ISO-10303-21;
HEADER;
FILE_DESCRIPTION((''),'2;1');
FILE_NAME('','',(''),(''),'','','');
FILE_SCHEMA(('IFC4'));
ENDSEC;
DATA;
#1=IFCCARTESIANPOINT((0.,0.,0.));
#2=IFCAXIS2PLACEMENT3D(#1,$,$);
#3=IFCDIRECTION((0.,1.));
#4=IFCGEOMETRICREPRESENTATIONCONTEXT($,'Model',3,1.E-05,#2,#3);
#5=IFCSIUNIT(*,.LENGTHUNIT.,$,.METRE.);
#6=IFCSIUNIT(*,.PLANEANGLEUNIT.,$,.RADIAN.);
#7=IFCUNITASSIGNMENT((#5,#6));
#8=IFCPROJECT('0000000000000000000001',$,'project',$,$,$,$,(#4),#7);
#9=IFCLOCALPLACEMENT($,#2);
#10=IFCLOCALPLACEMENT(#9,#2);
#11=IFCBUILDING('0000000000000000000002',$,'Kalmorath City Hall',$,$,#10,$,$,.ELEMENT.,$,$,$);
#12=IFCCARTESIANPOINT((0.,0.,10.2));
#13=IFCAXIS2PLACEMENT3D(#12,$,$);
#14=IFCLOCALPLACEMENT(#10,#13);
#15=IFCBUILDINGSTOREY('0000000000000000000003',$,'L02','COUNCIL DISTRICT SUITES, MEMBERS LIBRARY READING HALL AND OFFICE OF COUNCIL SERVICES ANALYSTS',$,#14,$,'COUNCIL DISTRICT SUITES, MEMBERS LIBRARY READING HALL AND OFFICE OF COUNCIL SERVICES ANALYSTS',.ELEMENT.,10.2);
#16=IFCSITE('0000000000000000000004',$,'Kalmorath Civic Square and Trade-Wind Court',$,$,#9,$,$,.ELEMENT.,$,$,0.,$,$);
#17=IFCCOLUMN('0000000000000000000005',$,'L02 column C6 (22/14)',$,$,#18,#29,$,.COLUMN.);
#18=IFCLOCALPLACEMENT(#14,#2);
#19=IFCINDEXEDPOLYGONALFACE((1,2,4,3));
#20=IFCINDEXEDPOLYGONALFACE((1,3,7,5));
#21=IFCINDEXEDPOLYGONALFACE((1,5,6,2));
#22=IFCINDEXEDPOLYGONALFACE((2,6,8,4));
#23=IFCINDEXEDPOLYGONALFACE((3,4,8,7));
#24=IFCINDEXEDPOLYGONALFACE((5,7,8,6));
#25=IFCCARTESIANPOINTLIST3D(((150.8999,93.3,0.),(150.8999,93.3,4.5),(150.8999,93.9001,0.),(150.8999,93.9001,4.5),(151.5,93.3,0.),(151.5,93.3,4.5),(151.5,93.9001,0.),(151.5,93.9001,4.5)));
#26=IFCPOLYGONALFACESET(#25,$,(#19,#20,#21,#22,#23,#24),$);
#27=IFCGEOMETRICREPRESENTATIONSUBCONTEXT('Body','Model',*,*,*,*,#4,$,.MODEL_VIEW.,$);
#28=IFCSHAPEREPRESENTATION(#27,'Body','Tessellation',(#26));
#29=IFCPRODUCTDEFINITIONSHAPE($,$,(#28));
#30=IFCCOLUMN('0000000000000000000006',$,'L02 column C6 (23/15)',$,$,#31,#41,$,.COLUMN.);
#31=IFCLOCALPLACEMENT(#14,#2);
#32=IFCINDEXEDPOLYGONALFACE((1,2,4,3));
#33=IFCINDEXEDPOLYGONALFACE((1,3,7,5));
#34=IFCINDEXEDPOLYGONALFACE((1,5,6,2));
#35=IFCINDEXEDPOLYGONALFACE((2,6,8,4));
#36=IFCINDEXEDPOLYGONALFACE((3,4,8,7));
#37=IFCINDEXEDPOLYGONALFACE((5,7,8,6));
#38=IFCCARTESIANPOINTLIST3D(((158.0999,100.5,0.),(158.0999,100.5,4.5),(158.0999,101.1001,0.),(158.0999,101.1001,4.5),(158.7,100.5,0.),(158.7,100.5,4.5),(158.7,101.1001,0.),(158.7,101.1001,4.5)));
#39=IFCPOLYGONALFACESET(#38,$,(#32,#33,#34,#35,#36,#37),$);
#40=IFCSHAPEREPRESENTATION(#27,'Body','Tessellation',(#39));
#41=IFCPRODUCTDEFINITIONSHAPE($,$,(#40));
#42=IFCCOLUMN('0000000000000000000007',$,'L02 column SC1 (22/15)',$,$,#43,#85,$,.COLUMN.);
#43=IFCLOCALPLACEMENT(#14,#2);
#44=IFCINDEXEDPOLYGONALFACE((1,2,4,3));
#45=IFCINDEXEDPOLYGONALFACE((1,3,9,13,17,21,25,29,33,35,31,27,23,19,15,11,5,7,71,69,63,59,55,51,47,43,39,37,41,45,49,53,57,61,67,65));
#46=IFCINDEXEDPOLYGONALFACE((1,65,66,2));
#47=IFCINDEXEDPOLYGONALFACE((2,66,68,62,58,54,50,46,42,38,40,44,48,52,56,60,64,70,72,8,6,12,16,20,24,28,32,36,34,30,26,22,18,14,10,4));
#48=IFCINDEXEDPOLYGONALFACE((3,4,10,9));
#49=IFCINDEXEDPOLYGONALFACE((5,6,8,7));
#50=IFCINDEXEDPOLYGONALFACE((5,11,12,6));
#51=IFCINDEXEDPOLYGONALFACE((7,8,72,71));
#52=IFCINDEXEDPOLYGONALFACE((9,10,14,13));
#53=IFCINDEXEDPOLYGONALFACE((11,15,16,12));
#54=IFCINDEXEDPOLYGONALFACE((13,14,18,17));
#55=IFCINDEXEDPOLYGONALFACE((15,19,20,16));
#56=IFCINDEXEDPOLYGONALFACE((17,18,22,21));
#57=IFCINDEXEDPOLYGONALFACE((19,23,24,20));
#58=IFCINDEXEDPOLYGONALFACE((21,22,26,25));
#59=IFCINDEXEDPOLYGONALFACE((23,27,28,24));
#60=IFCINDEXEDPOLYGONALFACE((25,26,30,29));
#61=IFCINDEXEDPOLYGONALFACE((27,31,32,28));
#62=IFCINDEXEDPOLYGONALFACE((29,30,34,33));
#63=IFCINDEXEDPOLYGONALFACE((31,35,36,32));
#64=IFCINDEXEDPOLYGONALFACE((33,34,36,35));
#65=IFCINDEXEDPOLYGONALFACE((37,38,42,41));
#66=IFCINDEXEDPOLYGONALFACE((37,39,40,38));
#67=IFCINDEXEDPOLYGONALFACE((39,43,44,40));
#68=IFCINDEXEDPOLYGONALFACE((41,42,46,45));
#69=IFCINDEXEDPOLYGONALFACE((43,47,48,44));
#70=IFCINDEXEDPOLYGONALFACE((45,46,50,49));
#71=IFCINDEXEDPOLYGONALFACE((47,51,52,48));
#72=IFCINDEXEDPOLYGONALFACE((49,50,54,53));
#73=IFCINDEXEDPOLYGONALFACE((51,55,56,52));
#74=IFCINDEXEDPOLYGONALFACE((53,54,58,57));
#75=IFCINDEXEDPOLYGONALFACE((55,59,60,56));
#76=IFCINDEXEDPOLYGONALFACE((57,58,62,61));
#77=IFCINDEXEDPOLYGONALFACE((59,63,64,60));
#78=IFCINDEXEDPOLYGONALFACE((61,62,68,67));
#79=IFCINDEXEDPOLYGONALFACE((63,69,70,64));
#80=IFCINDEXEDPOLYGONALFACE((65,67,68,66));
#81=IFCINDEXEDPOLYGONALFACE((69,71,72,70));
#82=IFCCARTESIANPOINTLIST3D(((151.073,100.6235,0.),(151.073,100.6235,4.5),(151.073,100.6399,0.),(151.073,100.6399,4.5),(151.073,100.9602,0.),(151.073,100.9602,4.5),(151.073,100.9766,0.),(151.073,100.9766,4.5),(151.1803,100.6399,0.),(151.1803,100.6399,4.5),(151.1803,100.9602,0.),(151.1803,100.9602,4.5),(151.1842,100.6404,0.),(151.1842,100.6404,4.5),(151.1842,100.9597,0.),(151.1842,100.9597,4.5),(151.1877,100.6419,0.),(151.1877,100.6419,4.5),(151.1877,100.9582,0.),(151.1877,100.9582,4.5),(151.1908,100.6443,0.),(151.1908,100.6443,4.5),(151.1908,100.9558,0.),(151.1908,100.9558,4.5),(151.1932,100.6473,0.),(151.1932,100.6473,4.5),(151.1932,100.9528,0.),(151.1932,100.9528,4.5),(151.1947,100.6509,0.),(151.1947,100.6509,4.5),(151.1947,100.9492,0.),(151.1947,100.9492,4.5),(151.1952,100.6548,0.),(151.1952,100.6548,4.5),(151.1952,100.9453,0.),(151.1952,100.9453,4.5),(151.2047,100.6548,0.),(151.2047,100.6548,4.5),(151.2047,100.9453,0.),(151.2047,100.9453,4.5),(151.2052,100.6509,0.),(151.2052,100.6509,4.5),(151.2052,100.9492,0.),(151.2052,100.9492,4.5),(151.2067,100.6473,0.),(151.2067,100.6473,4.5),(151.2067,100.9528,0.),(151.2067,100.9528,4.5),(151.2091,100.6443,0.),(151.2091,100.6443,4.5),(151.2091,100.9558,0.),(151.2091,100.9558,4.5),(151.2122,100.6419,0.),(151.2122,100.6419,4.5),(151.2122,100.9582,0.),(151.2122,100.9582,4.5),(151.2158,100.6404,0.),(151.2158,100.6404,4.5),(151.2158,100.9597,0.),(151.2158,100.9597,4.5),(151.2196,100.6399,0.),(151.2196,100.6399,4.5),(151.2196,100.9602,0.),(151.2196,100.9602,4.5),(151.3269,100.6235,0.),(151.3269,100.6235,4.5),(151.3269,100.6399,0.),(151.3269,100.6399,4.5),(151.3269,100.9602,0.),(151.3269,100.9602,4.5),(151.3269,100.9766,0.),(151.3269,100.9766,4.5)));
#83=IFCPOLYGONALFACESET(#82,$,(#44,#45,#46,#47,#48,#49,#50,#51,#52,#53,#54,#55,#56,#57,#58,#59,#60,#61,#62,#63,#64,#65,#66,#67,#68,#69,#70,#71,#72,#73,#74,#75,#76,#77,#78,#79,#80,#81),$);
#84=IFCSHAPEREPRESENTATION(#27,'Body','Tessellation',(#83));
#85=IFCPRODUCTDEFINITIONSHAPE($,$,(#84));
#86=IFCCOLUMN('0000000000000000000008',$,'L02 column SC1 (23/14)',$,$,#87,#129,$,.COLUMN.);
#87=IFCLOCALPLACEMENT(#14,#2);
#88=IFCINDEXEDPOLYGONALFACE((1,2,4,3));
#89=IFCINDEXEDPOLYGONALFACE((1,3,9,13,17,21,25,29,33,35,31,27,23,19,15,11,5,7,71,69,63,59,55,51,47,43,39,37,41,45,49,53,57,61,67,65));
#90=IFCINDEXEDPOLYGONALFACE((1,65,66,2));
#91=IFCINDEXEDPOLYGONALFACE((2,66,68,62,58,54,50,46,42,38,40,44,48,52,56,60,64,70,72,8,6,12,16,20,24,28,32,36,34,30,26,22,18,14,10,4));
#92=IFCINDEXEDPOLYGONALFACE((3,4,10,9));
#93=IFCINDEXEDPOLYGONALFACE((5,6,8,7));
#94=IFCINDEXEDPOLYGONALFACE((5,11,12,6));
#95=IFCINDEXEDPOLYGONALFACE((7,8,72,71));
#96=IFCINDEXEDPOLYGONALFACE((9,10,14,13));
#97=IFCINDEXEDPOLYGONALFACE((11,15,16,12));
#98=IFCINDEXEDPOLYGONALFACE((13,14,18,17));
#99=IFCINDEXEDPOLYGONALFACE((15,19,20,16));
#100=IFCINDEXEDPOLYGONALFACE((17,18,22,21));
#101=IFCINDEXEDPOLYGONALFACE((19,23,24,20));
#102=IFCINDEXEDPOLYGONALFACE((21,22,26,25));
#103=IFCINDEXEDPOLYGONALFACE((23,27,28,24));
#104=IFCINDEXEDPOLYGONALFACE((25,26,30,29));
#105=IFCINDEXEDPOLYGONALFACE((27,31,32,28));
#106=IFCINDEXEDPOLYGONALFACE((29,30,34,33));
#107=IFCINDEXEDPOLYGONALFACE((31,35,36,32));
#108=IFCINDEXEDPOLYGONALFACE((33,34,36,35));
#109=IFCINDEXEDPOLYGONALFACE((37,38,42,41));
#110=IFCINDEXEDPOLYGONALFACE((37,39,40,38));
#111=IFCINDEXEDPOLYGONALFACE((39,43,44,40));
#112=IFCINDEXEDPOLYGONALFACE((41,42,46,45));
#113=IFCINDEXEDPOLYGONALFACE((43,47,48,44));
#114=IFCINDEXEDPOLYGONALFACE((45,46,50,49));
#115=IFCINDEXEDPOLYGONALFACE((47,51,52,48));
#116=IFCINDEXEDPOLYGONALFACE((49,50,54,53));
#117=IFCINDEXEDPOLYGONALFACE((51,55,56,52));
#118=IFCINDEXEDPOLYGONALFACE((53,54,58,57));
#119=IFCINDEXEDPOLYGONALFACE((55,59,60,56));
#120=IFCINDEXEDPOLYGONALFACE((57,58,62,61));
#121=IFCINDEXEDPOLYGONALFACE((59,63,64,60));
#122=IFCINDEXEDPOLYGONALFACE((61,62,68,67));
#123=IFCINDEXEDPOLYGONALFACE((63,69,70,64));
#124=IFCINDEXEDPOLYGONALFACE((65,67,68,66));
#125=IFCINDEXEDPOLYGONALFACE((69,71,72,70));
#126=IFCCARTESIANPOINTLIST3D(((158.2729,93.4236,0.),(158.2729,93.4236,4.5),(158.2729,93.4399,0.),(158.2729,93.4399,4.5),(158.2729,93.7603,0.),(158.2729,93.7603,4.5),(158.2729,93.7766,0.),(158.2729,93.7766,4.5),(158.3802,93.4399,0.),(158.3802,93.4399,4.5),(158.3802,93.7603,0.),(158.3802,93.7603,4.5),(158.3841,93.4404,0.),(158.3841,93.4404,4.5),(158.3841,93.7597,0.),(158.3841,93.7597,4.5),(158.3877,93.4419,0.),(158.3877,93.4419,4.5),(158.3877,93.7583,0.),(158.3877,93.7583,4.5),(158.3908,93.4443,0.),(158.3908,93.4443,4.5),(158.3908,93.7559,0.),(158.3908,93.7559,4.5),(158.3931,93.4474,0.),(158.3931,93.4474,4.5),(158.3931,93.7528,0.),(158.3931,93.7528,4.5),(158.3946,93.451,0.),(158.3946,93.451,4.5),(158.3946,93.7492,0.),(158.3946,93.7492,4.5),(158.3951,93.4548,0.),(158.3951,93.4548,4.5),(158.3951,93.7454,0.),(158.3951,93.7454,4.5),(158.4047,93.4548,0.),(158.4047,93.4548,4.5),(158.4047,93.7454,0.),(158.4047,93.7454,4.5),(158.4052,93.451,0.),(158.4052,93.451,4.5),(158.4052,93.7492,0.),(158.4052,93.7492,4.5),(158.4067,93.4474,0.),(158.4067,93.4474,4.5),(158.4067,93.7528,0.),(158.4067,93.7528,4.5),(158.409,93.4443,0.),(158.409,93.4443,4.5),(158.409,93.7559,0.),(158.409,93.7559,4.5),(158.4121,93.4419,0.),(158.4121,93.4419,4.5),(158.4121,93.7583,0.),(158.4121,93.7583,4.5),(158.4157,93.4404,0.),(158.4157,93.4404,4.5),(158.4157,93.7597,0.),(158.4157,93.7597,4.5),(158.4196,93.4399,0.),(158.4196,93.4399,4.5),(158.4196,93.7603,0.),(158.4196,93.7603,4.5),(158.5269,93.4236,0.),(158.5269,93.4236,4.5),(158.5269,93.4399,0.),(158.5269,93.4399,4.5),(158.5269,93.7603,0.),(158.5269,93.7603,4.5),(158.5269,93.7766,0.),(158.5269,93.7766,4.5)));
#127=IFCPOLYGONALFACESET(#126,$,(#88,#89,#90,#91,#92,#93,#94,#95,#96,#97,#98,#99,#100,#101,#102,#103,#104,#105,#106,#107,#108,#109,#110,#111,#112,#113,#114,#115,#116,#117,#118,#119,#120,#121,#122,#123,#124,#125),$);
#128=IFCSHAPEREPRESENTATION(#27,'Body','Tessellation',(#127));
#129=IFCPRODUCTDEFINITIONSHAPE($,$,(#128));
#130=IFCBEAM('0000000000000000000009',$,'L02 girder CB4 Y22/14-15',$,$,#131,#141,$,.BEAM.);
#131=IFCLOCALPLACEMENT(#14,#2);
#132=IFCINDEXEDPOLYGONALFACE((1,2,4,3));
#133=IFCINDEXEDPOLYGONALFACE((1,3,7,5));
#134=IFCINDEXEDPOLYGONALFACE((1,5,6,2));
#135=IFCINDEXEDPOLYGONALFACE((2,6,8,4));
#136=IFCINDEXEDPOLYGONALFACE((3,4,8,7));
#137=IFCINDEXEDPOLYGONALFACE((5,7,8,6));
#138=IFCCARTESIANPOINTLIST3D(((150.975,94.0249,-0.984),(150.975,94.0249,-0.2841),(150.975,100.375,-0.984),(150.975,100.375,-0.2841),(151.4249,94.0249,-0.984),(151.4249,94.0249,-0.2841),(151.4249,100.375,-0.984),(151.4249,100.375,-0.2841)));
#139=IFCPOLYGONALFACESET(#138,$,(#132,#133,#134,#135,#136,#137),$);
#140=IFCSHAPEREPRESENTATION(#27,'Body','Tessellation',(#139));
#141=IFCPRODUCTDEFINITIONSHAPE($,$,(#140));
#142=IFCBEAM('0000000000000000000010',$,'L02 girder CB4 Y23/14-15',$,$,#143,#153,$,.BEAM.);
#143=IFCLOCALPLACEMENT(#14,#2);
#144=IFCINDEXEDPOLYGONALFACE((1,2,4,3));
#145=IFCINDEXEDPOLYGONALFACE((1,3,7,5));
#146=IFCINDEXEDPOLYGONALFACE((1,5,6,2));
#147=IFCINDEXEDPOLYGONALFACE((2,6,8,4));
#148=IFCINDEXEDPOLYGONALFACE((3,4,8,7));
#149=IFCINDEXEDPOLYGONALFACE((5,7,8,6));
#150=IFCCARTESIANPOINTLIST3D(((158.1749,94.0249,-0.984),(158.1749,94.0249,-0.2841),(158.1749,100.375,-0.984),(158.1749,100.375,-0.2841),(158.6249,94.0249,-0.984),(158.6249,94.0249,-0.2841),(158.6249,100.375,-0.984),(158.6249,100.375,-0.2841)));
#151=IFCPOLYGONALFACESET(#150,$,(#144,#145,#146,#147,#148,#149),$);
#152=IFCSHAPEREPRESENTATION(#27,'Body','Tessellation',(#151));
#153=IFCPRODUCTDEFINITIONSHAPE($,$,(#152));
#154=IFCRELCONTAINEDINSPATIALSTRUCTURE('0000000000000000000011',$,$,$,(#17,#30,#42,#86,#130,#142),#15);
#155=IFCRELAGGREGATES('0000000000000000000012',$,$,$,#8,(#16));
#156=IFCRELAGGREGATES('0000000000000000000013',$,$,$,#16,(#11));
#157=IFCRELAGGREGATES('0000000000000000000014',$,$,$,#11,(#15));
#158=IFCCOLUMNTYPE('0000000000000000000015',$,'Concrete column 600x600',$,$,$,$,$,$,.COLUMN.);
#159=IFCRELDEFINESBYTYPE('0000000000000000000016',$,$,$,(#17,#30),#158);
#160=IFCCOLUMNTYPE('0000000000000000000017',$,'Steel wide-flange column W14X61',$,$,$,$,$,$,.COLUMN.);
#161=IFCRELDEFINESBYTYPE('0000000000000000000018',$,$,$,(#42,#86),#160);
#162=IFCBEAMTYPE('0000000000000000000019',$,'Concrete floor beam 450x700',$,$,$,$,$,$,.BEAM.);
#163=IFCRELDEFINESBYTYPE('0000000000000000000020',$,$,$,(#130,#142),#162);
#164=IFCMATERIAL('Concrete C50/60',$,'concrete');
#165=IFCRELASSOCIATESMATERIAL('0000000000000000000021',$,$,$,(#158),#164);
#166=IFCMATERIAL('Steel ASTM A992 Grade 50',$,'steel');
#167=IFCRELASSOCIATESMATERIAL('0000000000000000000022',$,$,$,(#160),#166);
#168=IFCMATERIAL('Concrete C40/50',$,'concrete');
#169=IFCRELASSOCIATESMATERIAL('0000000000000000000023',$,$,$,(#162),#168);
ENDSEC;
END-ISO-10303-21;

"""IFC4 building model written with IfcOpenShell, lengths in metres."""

from ifc_helpers import new_model, si_unit, direction, frame, origin, origin_2d, place, context, subcontext, project, spatial, rectangle, i_section, extrude, material, material_profile, profile_set, type_object, element, save


model = new_model("IFC4")

# Units and contexts
model_context = context("Model", 3, precision=1e-05, world=origin(), true_north=direction((0.0, 1.0)))
body_context = subcontext(model_context, "Body", "Model", "MODEL_VIEW")
ifc_project = project(units=[si_unit("LENGTHUNIT", "METRE"), si_unit("PLANEANGLEUNIT", "RADIAN")], contexts=[model_context])

# Site, building, storey
site_placement = place(None, origin())
site = spatial("IfcSite", under=ifc_project, at=site_placement, Name="Kalmorath Civic Square and Trade-Wind Court", CompositionType="ELEMENT", RefElevation=0.0)
building_placement = place(site_placement, origin())
building = spatial("IfcBuilding", under=site, at=building_placement, Name="Kalmorath City Hall", CompositionType="ELEMENT")
storey_placement = place(building_placement, frame((0.0, 0.0, 10.2)))
storey = spatial("IfcBuildingStorey", under=building, at=storey_placement, Name="L02", Description="COUNCIL DISTRICT SUITES, MEMBERS LIBRARY READING HALL AND OFFICE OF COUNCIL SERVICES ANALYSTS", LongName="COUNCIL DISTRICT SUITES, MEMBERS LIBRARY READING HALL AND OFFICE OF COUNCIL SERVICES ANALYSTS", CompositionType="ELEMENT", Elevation=10.2)

# Columns
ifc_material_1 = material(Name="Concrete C50/60", Category="concrete")
ifc_material_profile_1 = material_profile(ifc_material_1, rectangle(XDim=0.6001, YDim=0.6001, at=origin_2d()), Name="RC-COL-600X600")
ifc_profile_set_1 = profile_set([ifc_material_profile_1], Name="Concrete C50/60")
column_type_1 = type_object("IfcColumnType", Name="Concrete column 600x600", PredefinedType="COLUMN", material=ifc_profile_set_1)
for number, where, z_axis, x_axis, name in (
    (1, (151.2, 93.6001, 0.0), (0.0, 0.0, 1.0), (1.0, 0.0, 0.0), "L02 column C6 (22/14)"),
    (2, (158.3999, 100.8, 0.0), (0.0, 0.0, 1.0), (1.0, 0.0, 0.0), "L02 column C6 (23/15)"),
):
    element("IfcColumn", number, at=place(storey_placement, frame(where, z_axis=z_axis, x_axis=x_axis)), inside=storey, type_object=column_type_1, Name=name, PredefinedType="COLUMN", context=body_context, shape_type="SweptSolid", body=[
        extrude(rectangle(XDim=0.6001, YDim=0.6001, at=origin_2d()), origin(), (0.0, 0.0, 1.0), 4.5),
    ])
ifc_material_2 = material(Name="Steel ASTM A992 Grade 50", Category="steel")
ifc_material_profile_2 = material_profile(ifc_material_2, i_section(OverallWidth=0.2539, OverallDepth=0.353, WebThickness=0.0095, FlangeThickness=0.0164, FilletRadius=0.0149, at=origin_2d()), Name="W14X61")
ifc_profile_set_2 = profile_set([ifc_material_profile_2], Name="Steel ASTM A992 Grade 50")
column_type_2 = type_object("IfcColumnType", Name="Steel wide-flange column W14X61", PredefinedType="COLUMN", material=ifc_profile_set_2)
for number, where, z_axis, x_axis, name in (
    (3, (151.2, 100.8, 0.0), (0.0, 0.0, 1.0), (1.0, 0.0, 0.0), "L02 column SC1 (22/15)"),
    (4, (158.3999, 93.6001, 0.0), (0.0, 0.0, 1.0), (1.0, 0.0, 0.0), "L02 column SC1 (23/14)"),
):
    element("IfcColumn", number, at=place(storey_placement, frame(where, z_axis=z_axis, x_axis=x_axis)), inside=storey, type_object=column_type_2, Name=name, PredefinedType="COLUMN", context=body_context, shape_type="SweptSolid", body=[
        extrude(i_section(OverallWidth=0.2539, OverallDepth=0.353, WebThickness=0.0095, FlangeThickness=0.0164, FilletRadius=0.0149, at=origin_2d()), origin(), (0.0, 0.0, 1.0), 4.5),
    ])

# Beams
ifc_material_3 = material(Name="Concrete C40/50", Category="concrete")
ifc_material_profile_3 = material_profile(ifc_material_3, rectangle(XDim=0.45, YDim=0.7, at=origin_2d()), Name="RC-BM-450X700")
ifc_profile_set_3 = profile_set([ifc_material_profile_3], Name="Concrete C40/50")
beam_type_1 = type_object("IfcBeamType", Name="Concrete floor beam 450x700", PredefinedType="BEAM", material=ifc_profile_set_3)
for number, where, z_axis, x_axis, name in (
    (5, (151.2, 94.0249, -0.634), (0.0, 1.0, 0.0), (-1.0, 0.0, 0.0), "L02 girder CB4 Y22/14-15"),
    (6, (158.3999, 94.0249, -0.634), (0.0, 1.0, 0.0), (-1.0, 0.0, 0.0), "L02 girder CB4 Y23/14-15"),
):
    element("IfcBeam", number, at=place(storey_placement, frame(where, z_axis=z_axis, x_axis=x_axis)), inside=storey, type_object=beam_type_1, Name=name, PredefinedType="BEAM", context=body_context, shape_type="SweptSolid", body=[
        extrude(rectangle(XDim=0.45, YDim=0.7, at=origin_2d()), origin(), (0.0, 0.0, 1.0), 6.3501),
    ])

save(model, "model.ifc")
